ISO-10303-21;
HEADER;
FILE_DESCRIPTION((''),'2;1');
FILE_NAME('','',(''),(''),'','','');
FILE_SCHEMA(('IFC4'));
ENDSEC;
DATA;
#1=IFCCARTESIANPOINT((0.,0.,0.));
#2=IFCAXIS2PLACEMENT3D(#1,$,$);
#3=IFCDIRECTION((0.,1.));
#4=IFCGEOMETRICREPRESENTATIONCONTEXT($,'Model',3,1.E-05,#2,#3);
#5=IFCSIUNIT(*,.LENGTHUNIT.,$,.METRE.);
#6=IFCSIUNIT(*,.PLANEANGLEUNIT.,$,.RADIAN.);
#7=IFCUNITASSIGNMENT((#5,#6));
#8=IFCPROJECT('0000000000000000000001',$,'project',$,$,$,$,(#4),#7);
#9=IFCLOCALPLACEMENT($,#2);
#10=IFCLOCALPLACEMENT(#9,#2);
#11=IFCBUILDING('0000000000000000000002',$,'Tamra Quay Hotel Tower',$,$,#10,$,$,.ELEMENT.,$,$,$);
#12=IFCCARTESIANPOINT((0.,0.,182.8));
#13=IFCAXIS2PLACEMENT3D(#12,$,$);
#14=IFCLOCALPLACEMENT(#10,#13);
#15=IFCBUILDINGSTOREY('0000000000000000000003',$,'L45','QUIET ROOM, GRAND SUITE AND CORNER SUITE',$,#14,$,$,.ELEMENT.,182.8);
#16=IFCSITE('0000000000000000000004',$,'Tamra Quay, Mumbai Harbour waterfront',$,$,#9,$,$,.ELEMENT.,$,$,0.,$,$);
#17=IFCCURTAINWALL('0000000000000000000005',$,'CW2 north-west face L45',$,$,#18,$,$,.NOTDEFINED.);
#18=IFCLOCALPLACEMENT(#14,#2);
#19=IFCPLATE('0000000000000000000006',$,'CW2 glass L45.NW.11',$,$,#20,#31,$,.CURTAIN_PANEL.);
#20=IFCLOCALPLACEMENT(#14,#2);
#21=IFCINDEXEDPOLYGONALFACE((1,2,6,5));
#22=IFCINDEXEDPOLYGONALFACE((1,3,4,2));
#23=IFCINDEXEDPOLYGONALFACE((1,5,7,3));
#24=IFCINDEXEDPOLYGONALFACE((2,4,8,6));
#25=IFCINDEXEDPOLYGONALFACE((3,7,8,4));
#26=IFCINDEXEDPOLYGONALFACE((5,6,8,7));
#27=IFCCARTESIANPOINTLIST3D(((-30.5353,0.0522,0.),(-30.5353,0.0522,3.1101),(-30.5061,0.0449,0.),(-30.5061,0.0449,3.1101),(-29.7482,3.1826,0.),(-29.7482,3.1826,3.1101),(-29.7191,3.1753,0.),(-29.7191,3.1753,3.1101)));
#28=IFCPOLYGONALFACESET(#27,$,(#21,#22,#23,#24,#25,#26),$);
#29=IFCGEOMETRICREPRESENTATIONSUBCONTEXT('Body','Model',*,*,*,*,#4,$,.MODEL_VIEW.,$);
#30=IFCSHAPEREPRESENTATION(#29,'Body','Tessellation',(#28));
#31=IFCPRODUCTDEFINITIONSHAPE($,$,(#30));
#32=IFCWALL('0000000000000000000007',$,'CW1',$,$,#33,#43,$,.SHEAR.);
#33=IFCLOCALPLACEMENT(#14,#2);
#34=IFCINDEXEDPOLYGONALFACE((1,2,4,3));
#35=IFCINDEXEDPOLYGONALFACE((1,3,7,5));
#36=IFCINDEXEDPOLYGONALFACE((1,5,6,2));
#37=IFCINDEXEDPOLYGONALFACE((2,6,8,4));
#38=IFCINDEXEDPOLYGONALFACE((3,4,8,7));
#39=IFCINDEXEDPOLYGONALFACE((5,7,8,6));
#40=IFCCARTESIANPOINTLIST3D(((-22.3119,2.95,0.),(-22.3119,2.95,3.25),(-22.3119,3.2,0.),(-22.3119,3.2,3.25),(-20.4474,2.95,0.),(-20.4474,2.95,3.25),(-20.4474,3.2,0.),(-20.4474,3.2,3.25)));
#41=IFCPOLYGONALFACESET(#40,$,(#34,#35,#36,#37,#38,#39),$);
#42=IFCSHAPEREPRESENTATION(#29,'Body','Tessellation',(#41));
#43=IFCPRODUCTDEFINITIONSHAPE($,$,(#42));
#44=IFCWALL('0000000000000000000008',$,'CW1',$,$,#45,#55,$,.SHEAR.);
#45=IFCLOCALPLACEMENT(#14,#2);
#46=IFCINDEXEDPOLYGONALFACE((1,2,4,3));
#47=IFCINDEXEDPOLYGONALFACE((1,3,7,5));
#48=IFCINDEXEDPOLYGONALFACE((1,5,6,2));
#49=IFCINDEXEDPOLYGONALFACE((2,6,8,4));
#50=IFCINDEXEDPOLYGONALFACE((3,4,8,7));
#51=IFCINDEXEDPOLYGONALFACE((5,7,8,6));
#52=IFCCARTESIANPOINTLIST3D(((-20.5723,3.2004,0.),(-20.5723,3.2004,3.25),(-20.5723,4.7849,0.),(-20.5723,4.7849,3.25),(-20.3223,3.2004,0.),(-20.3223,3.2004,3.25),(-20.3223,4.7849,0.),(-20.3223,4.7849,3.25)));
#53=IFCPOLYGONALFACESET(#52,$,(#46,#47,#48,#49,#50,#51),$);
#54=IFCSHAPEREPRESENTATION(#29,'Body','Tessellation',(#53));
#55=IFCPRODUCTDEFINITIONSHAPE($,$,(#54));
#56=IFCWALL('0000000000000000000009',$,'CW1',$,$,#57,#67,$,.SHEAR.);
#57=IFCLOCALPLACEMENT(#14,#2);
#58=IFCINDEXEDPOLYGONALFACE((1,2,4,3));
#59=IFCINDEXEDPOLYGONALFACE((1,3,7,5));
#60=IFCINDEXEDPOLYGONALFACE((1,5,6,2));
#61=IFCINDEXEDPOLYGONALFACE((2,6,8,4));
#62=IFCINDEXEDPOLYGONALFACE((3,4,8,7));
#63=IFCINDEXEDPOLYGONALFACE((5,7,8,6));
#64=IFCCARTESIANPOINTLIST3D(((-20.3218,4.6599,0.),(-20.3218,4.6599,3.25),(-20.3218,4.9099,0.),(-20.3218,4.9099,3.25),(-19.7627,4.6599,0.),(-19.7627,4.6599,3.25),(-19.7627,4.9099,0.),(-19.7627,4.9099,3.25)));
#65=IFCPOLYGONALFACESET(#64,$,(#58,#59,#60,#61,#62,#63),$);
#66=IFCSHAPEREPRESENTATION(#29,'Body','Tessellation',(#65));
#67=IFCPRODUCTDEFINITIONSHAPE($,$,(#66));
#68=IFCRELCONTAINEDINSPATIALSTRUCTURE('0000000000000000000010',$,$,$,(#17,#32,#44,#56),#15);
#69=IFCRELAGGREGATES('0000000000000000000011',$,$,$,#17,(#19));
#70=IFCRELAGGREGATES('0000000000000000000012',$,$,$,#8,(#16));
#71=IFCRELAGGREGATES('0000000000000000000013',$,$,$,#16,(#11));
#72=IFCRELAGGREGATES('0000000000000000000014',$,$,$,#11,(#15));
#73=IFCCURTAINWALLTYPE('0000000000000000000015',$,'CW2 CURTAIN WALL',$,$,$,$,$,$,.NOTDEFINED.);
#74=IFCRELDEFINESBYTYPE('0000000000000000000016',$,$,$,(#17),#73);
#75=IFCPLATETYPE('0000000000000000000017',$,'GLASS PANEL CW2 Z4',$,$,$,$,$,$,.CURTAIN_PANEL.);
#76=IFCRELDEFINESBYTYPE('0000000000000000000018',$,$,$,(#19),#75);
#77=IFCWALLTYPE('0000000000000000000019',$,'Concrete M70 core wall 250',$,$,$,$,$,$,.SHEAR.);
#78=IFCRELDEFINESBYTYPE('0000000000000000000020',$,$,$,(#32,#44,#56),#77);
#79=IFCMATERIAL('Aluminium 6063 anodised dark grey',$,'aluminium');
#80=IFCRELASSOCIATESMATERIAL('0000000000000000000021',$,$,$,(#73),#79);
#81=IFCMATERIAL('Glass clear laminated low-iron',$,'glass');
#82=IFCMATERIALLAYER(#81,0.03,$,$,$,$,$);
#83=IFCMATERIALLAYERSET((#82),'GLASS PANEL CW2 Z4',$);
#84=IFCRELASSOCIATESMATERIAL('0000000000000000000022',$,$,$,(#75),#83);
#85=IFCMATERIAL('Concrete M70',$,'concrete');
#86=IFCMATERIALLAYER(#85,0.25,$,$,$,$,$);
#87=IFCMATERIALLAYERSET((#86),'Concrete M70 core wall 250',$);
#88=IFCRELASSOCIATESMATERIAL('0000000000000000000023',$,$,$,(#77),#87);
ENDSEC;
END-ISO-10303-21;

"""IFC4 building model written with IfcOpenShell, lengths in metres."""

from ifc_helpers import new_model, si_unit, direction, frame, frame_2d, origin, origin_2d, place, context, subcontext, project, spatial, rectangle, extrude, material, layer, layer_set, type_object, element, aggregate, save


model = new_model("IFC4")

# Units and contexts
model_context = context("Model", 3, precision=1e-05, world=origin(), true_north=direction((0.0, 1.0)))
body_context = subcontext(model_context, "Body", "Model", "MODEL_VIEW")
ifc_project = project(units=[si_unit("LENGTHUNIT", "METRE"), si_unit("PLANEANGLEUNIT", "RADIAN")], contexts=[model_context])

# Site, building, storey
site_placement = place(None, origin())
site = spatial("IfcSite", under=ifc_project, at=site_placement, Name="Tamra Quay, Mumbai Harbour waterfront", CompositionType="ELEMENT", RefElevation=0.0)
building_placement = place(site_placement, origin())
building = spatial("IfcBuilding", under=site, at=building_placement, Name="Tamra Quay Hotel Tower", CompositionType="ELEMENT")
storey_placement = place(building_placement, frame((0.0, 0.0, 182.8)))
storey = spatial("IfcBuildingStorey", under=building, at=storey_placement, Name="L45", Description="QUIET ROOM, GRAND SUITE AND CORNER SUITE", CompositionType="ELEMENT", Elevation=182.8)

# Shared definitions
ifc_material_1 = material(Name="Concrete M70", Category="concrete")

# Curtain wall
ifc_material_2 = material(Name="Aluminium 6063 anodised dark grey", Category="aluminium")
curtain_wall_type = type_object("IfcCurtainWallType", Name="CW2 CURTAIN WALL", PredefinedType="NOTDEFINED", material=ifc_material_2)
curtain_wall_placement = place(storey_placement, origin())
curtain_wall = element("IfcCurtainWall", 1, at=curtain_wall_placement, inside=storey, type_object=curtain_wall_type, Name="CW2 north-west face L45", PredefinedType="NOTDEFINED")

# Plate
ifc_material_3 = material(Name="Glass clear laminated low-iron", Category="glass")
ifc_layer_1 = layer(ifc_material_3, 0.03)
ifc_layer_set_1 = layer_set([ifc_layer_1], Name="GLASS PANEL CW2 Z4")
plate_type = type_object("IfcPlateType", Name="GLASS PANEL CW2 Z4", PredefinedType="CURTAIN_PANEL", material=ifc_layer_set_1)
plate_1_placement = place(storey_placement, frame((-30.1272, 1.6138, 0.0), z_axis=(0.0, 0.0, 1.0), x_axis=(-0.243826, -0.969819, 0.0)))
plate_1 = element("IfcPlate", 2, at=plate_1_placement, type_object=plate_type, Name="CW2 glass L45.NW.11", PredefinedType="CURTAIN_PANEL", context=body_context, shape_type="SweptSolid", body=[
    extrude(rectangle(XDim=3.2278, YDim=0.03, at=origin_2d()), origin(), (0.0, 0.0, 1.0), 3.1101),
])
aggregate(curtain_wall, [plate_1])

# Walls
ifc_layer_2 = layer(ifc_material_1, 0.25)
ifc_layer_set_2 = layer_set([ifc_layer_2], Name="Concrete M70 core wall 250")
wall_type = type_object("IfcWallType", Name="Concrete M70 core wall 250", PredefinedType="SHEAR", material=ifc_layer_set_2)
wall_1_placement = place(storey_placement, frame((-22.3118, 3.075, 0.0), z_axis=(0.0, 0.0, 1.0), x_axis=(1.0, 0.0, 0.0)))
element("IfcWall", 3, at=wall_1_placement, inside=storey, type_object=wall_type, Name="CW1", PredefinedType="SHEAR", context=body_context, shape_type="SweptSolid", body=[
    extrude(rectangle(XDim=1.8645, YDim=0.25, at=frame_2d((0.9321, 0.0))), origin(), (0.0, 0.0, 1.0), 3.25),
])
wall_2_placement = place(storey_placement, frame((-20.4473, 3.2004, 0.0), z_axis=(0.0, 0.0, 1.0), x_axis=(0.0, 1.0, 0.0)))
element("IfcWall", 4, at=wall_2_placement, inside=storey, type_object=wall_type, Name="CW1", PredefinedType="SHEAR", context=body_context, shape_type="SweptSolid", body=[
    extrude(rectangle(XDim=1.5845, YDim=0.25, at=frame_2d((0.7922, 0.0))), origin(), (0.0, 0.0, 1.0), 3.25),
])
wall_3_placement = place(storey_placement, frame((-20.3218, 4.7849, 0.0), z_axis=(0.0, 0.0, 1.0), x_axis=(1.0, 0.0, 0.0)))
element("IfcWall", 5, at=wall_3_placement, inside=storey, type_object=wall_type, Name="CW1", PredefinedType="SHEAR", context=body_context, shape_type="SweptSolid", body=[
    extrude(rectangle(XDim=0.5591, YDim=0.25, at=frame_2d((0.2795, 0.0))), origin(), (0.0, 0.0, 1.0), 3.25),
])

save(model, "model.ifc")
